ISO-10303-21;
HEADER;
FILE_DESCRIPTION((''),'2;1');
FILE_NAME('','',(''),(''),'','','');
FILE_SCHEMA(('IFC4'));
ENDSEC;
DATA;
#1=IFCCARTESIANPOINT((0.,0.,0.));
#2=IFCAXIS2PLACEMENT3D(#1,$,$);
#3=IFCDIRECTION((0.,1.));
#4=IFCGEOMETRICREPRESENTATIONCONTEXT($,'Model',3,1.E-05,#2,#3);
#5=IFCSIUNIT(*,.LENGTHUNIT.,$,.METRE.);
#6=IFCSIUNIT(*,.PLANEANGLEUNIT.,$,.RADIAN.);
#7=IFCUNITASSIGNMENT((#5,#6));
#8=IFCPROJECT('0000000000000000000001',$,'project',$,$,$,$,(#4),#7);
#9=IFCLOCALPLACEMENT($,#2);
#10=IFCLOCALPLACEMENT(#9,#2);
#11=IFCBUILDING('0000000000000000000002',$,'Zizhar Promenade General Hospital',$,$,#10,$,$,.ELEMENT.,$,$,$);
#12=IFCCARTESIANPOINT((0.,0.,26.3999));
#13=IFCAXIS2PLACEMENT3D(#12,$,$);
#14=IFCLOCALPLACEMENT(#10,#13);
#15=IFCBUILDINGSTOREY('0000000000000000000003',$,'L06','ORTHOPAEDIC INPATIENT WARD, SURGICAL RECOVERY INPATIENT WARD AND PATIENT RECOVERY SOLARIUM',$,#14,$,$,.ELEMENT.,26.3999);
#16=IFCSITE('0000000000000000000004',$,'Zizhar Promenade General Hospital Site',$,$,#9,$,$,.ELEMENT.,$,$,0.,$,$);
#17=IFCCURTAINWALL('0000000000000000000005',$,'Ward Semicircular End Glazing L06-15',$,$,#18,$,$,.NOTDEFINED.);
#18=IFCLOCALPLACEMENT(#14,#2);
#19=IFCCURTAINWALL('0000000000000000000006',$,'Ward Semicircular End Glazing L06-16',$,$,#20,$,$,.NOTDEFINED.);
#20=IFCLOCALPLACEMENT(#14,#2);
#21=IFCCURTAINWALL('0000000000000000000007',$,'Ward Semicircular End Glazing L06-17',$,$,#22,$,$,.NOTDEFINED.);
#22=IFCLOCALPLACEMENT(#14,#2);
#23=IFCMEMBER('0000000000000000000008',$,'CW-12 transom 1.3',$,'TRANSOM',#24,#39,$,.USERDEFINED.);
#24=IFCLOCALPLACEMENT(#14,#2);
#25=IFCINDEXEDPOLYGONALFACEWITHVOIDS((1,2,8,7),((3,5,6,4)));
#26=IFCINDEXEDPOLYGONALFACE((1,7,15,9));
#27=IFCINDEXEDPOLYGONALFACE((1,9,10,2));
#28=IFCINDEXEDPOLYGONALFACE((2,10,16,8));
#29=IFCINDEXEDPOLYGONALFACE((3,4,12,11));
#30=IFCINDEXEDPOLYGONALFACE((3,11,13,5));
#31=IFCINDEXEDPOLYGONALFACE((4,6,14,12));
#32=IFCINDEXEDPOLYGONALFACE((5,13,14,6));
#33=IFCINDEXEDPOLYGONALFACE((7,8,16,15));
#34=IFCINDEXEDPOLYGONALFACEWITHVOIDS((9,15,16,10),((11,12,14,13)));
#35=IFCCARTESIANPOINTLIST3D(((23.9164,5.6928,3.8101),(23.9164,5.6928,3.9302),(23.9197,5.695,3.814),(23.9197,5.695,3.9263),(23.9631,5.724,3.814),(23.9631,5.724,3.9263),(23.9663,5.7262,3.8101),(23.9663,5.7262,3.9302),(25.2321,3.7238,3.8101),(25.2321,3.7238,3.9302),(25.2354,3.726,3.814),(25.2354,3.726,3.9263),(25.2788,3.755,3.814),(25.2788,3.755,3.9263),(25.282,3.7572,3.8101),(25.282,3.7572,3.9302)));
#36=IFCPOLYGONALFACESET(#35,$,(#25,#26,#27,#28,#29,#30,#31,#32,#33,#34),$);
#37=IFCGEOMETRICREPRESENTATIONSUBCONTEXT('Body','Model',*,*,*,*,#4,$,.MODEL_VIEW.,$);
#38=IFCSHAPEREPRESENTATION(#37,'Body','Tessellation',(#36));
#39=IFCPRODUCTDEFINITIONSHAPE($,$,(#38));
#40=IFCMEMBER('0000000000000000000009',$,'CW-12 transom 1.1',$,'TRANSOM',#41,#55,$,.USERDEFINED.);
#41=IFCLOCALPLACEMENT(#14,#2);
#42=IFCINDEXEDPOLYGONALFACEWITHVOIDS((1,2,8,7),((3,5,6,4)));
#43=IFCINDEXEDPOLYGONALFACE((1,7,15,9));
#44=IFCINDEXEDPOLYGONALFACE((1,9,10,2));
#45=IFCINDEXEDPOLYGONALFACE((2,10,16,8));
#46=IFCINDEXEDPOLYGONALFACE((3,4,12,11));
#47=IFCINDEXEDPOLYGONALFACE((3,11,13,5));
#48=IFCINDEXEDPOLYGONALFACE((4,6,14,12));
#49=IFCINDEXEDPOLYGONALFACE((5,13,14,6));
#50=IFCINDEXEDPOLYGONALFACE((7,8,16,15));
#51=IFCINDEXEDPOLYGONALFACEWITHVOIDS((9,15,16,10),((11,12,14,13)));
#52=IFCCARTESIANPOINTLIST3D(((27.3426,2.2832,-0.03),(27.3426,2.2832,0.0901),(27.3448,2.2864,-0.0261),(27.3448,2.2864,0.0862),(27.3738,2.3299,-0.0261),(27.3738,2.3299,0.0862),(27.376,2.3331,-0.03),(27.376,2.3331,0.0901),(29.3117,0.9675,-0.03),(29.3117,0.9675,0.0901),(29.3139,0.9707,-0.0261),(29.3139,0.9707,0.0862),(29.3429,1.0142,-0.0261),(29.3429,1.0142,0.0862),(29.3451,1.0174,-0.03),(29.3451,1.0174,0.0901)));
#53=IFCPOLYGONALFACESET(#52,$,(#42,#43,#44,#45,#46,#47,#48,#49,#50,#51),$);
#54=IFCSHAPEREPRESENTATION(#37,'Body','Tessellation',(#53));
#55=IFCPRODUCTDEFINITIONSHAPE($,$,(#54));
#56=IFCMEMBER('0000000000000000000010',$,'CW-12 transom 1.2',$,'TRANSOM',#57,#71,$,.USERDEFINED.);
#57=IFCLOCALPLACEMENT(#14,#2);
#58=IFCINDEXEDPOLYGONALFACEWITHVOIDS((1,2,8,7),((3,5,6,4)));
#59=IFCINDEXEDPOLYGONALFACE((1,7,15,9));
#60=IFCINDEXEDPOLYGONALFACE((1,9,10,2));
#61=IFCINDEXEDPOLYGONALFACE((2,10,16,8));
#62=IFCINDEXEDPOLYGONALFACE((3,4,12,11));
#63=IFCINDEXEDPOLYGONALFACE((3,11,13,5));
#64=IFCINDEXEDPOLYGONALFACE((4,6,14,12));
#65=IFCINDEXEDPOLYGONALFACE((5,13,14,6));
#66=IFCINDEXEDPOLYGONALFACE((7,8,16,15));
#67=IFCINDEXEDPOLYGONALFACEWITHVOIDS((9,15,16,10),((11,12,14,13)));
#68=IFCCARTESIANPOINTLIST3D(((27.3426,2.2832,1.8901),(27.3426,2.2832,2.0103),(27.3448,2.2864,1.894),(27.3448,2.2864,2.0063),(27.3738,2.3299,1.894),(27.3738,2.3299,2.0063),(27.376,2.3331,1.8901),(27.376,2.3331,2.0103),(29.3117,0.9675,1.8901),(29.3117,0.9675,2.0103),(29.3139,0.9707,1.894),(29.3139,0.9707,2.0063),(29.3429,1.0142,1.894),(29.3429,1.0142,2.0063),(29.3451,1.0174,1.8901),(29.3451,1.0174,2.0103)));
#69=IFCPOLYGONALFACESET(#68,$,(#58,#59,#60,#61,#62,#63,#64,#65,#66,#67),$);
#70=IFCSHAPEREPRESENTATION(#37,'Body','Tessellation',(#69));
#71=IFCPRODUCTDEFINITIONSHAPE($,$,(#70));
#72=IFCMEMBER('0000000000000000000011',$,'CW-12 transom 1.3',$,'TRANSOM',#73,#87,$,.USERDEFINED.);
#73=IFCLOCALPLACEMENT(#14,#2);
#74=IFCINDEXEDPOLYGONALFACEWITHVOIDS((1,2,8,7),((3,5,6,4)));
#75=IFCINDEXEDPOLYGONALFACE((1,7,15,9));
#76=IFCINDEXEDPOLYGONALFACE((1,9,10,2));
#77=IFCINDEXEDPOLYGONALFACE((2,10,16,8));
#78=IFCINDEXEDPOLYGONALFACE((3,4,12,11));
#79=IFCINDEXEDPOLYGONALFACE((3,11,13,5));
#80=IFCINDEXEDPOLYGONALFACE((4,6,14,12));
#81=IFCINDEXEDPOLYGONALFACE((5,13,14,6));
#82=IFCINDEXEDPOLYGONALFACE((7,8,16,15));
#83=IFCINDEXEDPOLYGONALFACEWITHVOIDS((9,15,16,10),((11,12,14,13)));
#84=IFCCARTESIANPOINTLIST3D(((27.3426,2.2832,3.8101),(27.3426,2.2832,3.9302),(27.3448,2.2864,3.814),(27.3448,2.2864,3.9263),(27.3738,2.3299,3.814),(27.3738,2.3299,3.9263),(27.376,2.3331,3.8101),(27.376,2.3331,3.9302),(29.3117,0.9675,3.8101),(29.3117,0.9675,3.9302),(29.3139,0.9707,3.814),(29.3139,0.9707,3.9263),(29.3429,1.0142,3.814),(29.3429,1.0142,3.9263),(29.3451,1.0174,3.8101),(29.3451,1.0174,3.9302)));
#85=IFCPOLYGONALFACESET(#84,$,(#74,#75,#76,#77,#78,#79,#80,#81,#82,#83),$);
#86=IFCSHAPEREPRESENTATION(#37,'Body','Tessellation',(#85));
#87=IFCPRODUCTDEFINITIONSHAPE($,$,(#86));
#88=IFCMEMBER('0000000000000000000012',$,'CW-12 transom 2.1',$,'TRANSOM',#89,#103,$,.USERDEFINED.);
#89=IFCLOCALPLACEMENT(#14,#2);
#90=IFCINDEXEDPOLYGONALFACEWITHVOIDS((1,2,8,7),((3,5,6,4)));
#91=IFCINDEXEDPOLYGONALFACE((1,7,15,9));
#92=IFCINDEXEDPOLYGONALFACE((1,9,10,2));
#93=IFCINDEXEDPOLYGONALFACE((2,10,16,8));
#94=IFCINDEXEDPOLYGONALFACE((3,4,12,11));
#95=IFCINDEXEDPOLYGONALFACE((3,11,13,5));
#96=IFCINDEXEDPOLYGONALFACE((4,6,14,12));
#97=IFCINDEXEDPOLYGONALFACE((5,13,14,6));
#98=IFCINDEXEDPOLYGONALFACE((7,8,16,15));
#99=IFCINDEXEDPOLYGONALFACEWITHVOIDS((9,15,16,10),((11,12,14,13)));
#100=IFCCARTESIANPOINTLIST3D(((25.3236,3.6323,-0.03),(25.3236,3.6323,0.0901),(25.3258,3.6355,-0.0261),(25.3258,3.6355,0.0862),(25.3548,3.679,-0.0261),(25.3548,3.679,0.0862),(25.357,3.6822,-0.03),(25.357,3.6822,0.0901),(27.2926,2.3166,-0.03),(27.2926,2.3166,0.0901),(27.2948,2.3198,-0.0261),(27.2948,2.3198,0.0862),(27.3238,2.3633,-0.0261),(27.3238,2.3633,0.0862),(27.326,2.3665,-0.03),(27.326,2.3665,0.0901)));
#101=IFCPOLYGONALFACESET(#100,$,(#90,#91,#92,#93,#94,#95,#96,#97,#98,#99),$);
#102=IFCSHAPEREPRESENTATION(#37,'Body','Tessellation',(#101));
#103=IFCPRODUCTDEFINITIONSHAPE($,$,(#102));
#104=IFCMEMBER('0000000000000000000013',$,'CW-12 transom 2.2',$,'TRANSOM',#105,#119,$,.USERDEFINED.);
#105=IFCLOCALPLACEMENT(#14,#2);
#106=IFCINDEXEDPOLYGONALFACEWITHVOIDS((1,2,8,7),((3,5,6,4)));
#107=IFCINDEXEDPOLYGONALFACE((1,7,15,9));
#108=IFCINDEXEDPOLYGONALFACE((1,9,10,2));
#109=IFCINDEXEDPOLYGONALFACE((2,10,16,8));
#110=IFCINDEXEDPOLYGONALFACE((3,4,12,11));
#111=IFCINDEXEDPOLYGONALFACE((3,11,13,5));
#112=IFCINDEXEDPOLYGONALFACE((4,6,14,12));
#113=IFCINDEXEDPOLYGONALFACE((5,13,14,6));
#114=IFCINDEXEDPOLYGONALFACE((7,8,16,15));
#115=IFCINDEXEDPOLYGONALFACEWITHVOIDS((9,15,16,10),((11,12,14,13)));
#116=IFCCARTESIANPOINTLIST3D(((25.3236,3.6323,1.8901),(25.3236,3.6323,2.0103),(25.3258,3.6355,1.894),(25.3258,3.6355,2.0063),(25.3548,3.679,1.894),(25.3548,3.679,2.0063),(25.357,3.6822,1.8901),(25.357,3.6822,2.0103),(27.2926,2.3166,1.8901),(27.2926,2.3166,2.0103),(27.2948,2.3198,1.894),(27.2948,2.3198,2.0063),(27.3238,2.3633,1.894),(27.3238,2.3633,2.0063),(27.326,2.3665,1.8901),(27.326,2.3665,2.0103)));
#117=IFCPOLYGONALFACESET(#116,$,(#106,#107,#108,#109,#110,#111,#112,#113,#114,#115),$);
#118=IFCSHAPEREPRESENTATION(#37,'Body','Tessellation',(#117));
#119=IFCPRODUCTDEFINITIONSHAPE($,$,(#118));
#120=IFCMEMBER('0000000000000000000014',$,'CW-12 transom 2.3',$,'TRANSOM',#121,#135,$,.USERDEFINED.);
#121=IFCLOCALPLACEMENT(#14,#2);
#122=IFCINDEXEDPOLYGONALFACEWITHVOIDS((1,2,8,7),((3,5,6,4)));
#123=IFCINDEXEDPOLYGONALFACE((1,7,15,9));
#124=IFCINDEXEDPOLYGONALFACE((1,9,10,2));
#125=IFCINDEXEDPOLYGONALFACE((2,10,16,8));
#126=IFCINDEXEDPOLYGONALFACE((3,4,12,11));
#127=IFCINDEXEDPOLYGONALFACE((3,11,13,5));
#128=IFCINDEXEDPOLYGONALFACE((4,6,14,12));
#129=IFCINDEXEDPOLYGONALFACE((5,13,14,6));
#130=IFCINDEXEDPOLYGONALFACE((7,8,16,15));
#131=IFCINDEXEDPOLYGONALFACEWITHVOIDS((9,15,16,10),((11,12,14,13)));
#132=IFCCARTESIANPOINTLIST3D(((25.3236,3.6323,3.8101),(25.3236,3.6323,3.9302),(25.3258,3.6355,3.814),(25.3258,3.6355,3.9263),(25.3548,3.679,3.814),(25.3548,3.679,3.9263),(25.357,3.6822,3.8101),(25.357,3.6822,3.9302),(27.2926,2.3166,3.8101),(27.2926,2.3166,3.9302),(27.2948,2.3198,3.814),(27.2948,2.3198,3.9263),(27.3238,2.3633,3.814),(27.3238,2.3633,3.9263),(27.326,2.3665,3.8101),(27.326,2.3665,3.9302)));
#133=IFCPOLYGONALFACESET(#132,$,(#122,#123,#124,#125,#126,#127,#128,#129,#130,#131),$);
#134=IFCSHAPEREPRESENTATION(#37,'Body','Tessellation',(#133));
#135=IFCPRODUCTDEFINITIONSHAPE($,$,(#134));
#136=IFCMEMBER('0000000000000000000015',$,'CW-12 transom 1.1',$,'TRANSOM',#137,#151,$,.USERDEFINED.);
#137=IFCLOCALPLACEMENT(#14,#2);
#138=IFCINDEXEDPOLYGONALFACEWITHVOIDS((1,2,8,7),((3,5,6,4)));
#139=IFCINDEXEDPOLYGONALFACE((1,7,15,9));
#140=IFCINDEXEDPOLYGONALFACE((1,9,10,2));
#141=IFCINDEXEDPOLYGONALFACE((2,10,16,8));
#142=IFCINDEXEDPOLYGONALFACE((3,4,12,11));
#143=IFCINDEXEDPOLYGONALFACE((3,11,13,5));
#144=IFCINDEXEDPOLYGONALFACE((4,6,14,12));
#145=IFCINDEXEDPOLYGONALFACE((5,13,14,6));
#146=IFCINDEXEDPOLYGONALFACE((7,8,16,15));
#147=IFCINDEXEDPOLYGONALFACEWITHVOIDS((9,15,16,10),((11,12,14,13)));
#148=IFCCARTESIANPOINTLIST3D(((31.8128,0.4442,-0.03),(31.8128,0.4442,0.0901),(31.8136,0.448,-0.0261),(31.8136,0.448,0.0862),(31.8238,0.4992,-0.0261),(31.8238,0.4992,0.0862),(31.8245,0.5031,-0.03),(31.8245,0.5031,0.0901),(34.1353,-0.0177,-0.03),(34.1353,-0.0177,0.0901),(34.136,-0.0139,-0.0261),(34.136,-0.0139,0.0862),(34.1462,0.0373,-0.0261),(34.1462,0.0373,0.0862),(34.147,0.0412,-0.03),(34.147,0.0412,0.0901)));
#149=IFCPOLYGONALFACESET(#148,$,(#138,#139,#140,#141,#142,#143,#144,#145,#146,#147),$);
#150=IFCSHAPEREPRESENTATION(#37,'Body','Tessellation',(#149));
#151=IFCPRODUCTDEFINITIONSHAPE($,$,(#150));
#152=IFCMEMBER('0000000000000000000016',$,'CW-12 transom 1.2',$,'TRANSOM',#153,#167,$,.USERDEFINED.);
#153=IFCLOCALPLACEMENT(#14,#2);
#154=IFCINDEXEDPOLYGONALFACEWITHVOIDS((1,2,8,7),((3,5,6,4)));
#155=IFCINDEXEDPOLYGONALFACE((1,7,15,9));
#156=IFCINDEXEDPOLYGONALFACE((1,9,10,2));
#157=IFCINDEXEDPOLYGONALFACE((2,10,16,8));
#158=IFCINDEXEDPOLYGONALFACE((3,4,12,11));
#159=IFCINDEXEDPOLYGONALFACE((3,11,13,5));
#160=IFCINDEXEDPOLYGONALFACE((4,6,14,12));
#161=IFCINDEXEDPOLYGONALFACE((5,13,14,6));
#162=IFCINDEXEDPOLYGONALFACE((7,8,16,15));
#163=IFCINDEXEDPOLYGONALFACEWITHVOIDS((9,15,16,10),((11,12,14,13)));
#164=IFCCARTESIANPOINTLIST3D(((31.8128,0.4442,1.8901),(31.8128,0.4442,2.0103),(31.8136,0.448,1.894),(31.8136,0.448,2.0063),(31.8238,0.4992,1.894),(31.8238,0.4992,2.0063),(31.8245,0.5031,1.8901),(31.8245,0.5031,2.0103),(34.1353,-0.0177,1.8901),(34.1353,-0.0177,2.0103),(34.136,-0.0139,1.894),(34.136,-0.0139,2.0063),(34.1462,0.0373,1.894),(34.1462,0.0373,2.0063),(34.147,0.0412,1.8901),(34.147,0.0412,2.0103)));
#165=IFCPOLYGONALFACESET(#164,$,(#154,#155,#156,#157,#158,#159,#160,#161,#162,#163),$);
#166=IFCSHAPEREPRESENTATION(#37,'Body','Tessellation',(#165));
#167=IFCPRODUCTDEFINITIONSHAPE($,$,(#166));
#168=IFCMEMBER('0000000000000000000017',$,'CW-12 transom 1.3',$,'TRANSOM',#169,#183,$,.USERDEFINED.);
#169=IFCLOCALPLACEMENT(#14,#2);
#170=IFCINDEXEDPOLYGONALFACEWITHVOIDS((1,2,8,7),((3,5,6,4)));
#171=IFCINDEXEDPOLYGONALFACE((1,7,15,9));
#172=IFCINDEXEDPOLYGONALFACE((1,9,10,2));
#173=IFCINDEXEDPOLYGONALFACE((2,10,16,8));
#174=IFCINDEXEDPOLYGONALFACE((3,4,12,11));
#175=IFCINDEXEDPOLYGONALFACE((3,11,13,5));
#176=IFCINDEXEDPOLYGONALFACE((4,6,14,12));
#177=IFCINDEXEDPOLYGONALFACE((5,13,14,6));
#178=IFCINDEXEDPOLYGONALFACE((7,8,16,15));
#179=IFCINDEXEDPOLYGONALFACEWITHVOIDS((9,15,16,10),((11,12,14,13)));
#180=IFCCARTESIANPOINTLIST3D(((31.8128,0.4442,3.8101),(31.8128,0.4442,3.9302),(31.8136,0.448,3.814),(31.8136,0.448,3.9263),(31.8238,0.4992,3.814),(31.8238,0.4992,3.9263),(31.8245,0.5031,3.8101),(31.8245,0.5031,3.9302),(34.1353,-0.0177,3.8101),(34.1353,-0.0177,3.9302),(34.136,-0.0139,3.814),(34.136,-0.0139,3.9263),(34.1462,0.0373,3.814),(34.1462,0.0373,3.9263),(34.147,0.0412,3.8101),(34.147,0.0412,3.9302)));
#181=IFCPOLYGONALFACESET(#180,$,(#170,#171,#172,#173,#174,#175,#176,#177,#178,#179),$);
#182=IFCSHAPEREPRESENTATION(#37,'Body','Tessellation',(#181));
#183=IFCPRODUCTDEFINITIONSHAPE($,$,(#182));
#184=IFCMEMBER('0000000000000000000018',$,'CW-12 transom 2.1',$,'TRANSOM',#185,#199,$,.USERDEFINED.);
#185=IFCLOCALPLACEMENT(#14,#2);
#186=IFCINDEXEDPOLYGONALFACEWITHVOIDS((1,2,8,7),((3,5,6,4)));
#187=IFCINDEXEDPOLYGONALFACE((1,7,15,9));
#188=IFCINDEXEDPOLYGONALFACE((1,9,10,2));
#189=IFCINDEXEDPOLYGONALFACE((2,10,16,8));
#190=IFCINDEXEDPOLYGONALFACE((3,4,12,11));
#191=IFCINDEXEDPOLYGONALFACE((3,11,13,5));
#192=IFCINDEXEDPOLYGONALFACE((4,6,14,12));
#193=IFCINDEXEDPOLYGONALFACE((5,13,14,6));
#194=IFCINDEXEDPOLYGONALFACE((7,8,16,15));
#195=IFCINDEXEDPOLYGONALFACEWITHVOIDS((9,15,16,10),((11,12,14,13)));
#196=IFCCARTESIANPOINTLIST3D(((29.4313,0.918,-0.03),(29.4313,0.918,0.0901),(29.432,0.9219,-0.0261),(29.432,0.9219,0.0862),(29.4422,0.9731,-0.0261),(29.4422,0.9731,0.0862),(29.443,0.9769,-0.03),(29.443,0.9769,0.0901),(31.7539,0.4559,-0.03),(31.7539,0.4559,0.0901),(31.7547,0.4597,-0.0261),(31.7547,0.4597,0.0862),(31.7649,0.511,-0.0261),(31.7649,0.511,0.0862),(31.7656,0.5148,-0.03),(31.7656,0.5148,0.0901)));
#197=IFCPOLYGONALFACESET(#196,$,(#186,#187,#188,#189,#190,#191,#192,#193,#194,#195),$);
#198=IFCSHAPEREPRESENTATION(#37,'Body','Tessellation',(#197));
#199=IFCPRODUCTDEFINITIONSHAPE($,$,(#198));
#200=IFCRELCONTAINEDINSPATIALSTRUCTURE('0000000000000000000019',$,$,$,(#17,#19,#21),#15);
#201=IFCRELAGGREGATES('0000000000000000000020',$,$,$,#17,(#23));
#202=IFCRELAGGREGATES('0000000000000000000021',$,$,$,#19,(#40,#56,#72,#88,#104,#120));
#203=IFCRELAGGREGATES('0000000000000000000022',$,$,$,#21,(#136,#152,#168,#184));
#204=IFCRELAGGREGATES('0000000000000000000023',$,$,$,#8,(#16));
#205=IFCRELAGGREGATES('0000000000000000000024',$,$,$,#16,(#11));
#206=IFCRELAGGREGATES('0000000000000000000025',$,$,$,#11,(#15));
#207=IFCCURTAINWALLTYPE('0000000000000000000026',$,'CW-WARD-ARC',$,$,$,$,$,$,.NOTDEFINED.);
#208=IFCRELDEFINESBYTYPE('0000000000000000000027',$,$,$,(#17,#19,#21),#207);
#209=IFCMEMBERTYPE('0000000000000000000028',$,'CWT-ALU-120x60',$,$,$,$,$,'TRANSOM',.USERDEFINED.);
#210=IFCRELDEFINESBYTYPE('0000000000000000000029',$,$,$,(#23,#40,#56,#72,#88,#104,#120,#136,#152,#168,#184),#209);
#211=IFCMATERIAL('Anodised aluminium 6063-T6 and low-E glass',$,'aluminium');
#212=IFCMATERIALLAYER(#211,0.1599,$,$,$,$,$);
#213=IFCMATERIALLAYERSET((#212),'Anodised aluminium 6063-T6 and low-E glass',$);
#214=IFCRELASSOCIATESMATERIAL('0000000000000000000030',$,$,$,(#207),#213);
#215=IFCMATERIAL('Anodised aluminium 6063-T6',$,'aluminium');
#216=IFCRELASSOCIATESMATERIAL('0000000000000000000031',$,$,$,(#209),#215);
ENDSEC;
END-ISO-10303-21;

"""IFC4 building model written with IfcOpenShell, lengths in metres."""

from ifc_helpers import new_model, si_unit, direction, frame, origin, origin_2d, place, context, subcontext, project, spatial, hollow_rectangle, extrude, material, layer, layer_set, material_profile, profile_set, type_object, element, aggregate, save


model = new_model("IFC4")

# Units and contexts
model_context = context("Model", 3, precision=1e-05, world=origin(), true_north=direction((0.0, 1.0)))
body_context = subcontext(model_context, "Body", "Model", "MODEL_VIEW")
ifc_project = project(units=[si_unit("LENGTHUNIT", "METRE"), si_unit("PLANEANGLEUNIT", "RADIAN")], contexts=[model_context])

# Site, building, storey
site_placement = place(None, origin())
site = spatial("IfcSite", under=ifc_project, at=site_placement, Name="Zizhar Promenade General Hospital Site", CompositionType="ELEMENT", RefElevation=0.0)
building_placement = place(site_placement, origin())
building = spatial("IfcBuilding", under=site, at=building_placement, Name="Zizhar Promenade General Hospital", CompositionType="ELEMENT")
storey_placement = place(building_placement, frame((0.0, 0.0, 26.3999)))
storey = spatial("IfcBuildingStorey", under=building, at=storey_placement, Name="L06", Description="ORTHOPAEDIC INPATIENT WARD, SURGICAL RECOVERY INPATIENT WARD AND PATIENT RECOVERY SOLARIUM", CompositionType="ELEMENT", Elevation=26.3999)

# Curtain wall
ifc_material_1 = material(Name="Anodised aluminium 6063-T6 and low-E glass", Category="aluminium")
ifc_layer_1 = layer(ifc_material_1, 0.1599)
ifc_layer_set_1 = layer_set([ifc_layer_1], Name="Anodised aluminium 6063-T6 and low-E glass")
curtain_wall_type = type_object("IfcCurtainWallType", Name="CW-WARD-ARC", PredefinedType="NOTDEFINED", material=ifc_layer_set_1)
curtain_wall_1_placement = place(storey_placement, origin())
curtain_wall_1 = element("IfcCurtainWall", 1, at=curtain_wall_1_placement, inside=storey, type_object=curtain_wall_type, Name="Ward Semicircular End Glazing L06-15", PredefinedType="NOTDEFINED")

# Curtain walls
curtain_wall_2_placement = place(storey_placement, origin())
curtain_wall_2 = element("IfcCurtainWall", 2, at=curtain_wall_2_placement, inside=storey, type_object=curtain_wall_type, Name="Ward Semicircular End Glazing L06-16", PredefinedType="NOTDEFINED")
curtain_wall_3_placement = place(storey_placement, origin())
curtain_wall_3 = element("IfcCurtainWall", 3, at=curtain_wall_3_placement, inside=storey, type_object=curtain_wall_type, Name="Ward Semicircular End Glazing L06-17", PredefinedType="NOTDEFINED")

# Members
ifc_material_2 = material(Name="Anodised aluminium 6063-T6", Category="aluminium")
ifc_material_profile_1 = material_profile(ifc_material_2, hollow_rectangle(XDim=0.0601, YDim=0.1201, WallThickness=0.0039, at=origin_2d()))
ifc_profile_set_1 = profile_set([ifc_material_profile_1], Name="Anodised aluminium 6063-T6")
member_type_1 = type_object("IfcMemberType", Name="CWT-ALU-120x60", ElementType="TRANSOM", PredefinedType="USERDEFINED", material=ifc_profile_set_1)
member_1_placement = place(storey_placement, frame((25.2571, 3.7405, 3.8701), z_axis=(-0.55558, 0.831463, 0.0), x_axis=(-0.831463, -0.55558, 0.0)))
member_1 = element("IfcMember", 4, at=member_1_placement, type_object=member_type_1, Name="CW-12 transom 1.3", ObjectType="TRANSOM", PredefinedType="USERDEFINED", context=body_context, shape_type="SweptSolid", body=[
    extrude(hollow_rectangle(XDim=0.0601, YDim=0.1201, WallThickness=0.0039, at=origin_2d()), origin(), (0.0, 0.0, 1.0), 2.3682),
])
aggregate(curtain_wall_1, [member_1])
member_2_placement = place(storey_placement, frame((29.3284, 0.9924, 0.03), z_axis=(-0.831463, 0.55558, 0.0), x_axis=(-0.55558, -0.831463, 0.0)))
member_2 = element("IfcMember", 5, at=member_2_placement, type_object=member_type_1, Name="CW-12 transom 1.1", ObjectType="TRANSOM", PredefinedType="USERDEFINED", context=body_context, shape_type="SweptSolid", body=[
    extrude(hollow_rectangle(XDim=0.0601, YDim=0.1201, WallThickness=0.0039, at=origin_2d()), origin(), (0.0, 0.0, 1.0), 2.3682),
])
member_3_placement = place(storey_placement, frame((29.3284, 0.9924, 1.9502), z_axis=(-0.831463, 0.55558, 0.0), x_axis=(-0.55558, -0.831463, 0.0)))
member_3 = element("IfcMember", 6, at=member_3_placement, type_object=member_type_1, Name="CW-12 transom 1.2", ObjectType="TRANSOM", PredefinedType="USERDEFINED", context=body_context, shape_type="SweptSolid", body=[
    extrude(hollow_rectangle(XDim=0.0601, YDim=0.1201, WallThickness=0.0039, at=origin_2d()), origin(), (0.0, 0.0, 1.0), 2.3682),
])
member_4_placement = place(storey_placement, frame((29.3284, 0.9924, 3.8701), z_axis=(-0.831463, 0.55558, 0.0), x_axis=(-0.55558, -0.831463, 0.0)))
member_4 = element("IfcMember", 7, at=member_4_placement, type_object=member_type_1, Name="CW-12 transom 1.3", ObjectType="TRANSOM", PredefinedType="USERDEFINED", context=body_context, shape_type="SweptSolid", body=[
    extrude(hollow_rectangle(XDim=0.0601, YDim=0.1201, WallThickness=0.0039, at=origin_2d()), origin(), (0.0, 0.0, 1.0), 2.3682),
])
member_5_placement = place(storey_placement, frame((27.3093, 2.3416, 0.03), z_axis=(-0.831463, 0.55558, 0.0), x_axis=(-0.55558, -0.831463, 0.0)))
member_5 = element("IfcMember", 8, at=member_5_placement, type_object=member_type_1, Name="CW-12 transom 2.1", ObjectType="TRANSOM", PredefinedType="USERDEFINED", context=body_context, shape_type="SweptSolid", body=[
    extrude(hollow_rectangle(XDim=0.0601, YDim=0.1201, WallThickness=0.0039, at=origin_2d()), origin(), (0.0, 0.0, 1.0), 2.3682),
])
member_6_placement = place(storey_placement, frame((27.3093, 2.3416, 1.9502), z_axis=(-0.831463, 0.55558, 0.0), x_axis=(-0.55558, -0.831463, 0.0)))
member_6 = element("IfcMember", 9, at=member_6_placement, type_object=member_type_1, Name="CW-12 transom 2.2", ObjectType="TRANSOM", PredefinedType="USERDEFINED", context=body_context, shape_type="SweptSolid", body=[
    extrude(hollow_rectangle(XDim=0.0601, YDim=0.1201, WallThickness=0.0039, at=origin_2d()), origin(), (0.0, 0.0, 1.0), 2.3682),
])
member_7_placement = place(storey_placement, frame((27.3093, 2.3416, 3.8701), z_axis=(-0.831463, 0.55558, 0.0), x_axis=(-0.55558, -0.831463, 0.0)))
member_7 = element("IfcMember", 10, at=member_7_placement, type_object=member_type_1, Name="CW-12 transom 2.3", ObjectType="TRANSOM", PredefinedType="USERDEFINED", context=body_context, shape_type="SweptSolid", body=[
    extrude(hollow_rectangle(XDim=0.0601, YDim=0.1201, WallThickness=0.0039, at=origin_2d()), origin(), (0.0, 0.0, 1.0), 2.3682),
])
member_8_placement = place(storey_placement, frame((34.1411, 0.0117, 0.03), z_axis=(-0.98079, 0.195065, 0.0), x_axis=(-0.195065, -0.98079, 0.0)))
member_8 = element("IfcMember", 11, at=member_8_placement, type_object=member_type_1, Name="CW-12 transom 1.1", ObjectType="TRANSOM", PredefinedType="USERDEFINED", context=body_context, shape_type="SweptSolid", body=[
    extrude(hollow_rectangle(XDim=0.0601, YDim=0.1201, WallThickness=0.0039, at=origin_2d()), origin(), (0.0, 0.0, 1.0), 2.3679),
])
member_9_placement = place(storey_placement, frame((34.1411, 0.0117, 1.9502), z_axis=(-0.98079, 0.195065, 0.0), x_axis=(-0.195065, -0.98079, 0.0)))
member_9 = element("IfcMember", 12, at=member_9_placement, type_object=member_type_1, Name="CW-12 transom 1.2", ObjectType="TRANSOM", PredefinedType="USERDEFINED", context=body_context, shape_type="SweptSolid", body=[
    extrude(hollow_rectangle(XDim=0.0601, YDim=0.1201, WallThickness=0.0039, at=origin_2d()), origin(), (0.0, 0.0, 1.0), 2.3679),
])
member_10_placement = place(storey_placement, frame((34.1411, 0.0117, 3.8701), z_axis=(-0.98079, 0.195065, 0.0), x_axis=(-0.195065, -0.98079, 0.0)))
member_10 = element("IfcMember", 13, at=member_10_placement, type_object=member_type_1, Name="CW-12 transom 1.3", ObjectType="TRANSOM", PredefinedType="USERDEFINED", context=body_context, shape_type="SweptSolid", body=[
    extrude(hollow_rectangle(XDim=0.0601, YDim=0.1201, WallThickness=0.0039, at=origin_2d()), origin(), (0.0, 0.0, 1.0), 2.3679),
])
member_11_placement = place(storey_placement, frame((31.7598, 0.4854, 0.03), z_axis=(-0.980774, 0.195145, 0.0), x_axis=(-0.195145, -0.980774, 0.0)))
member_11 = element("IfcMember", 14, at=member_11_placement, type_object=member_type_1, Name="CW-12 transom 2.1", ObjectType="TRANSOM", PredefinedType="USERDEFINED", context=body_context, shape_type="SweptSolid", body=[
    extrude(hollow_rectangle(XDim=0.0601, YDim=0.1201, WallThickness=0.0039, at=origin_2d()), origin(), (0.0, 0.0, 1.0), 2.3682),
])

aggregate(curtain_wall_2, [member_2, member_3, member_4, member_5, member_6, member_7])
aggregate(curtain_wall_3, [member_8, member_9, member_10, member_11])

save(model, "model.ifc")
